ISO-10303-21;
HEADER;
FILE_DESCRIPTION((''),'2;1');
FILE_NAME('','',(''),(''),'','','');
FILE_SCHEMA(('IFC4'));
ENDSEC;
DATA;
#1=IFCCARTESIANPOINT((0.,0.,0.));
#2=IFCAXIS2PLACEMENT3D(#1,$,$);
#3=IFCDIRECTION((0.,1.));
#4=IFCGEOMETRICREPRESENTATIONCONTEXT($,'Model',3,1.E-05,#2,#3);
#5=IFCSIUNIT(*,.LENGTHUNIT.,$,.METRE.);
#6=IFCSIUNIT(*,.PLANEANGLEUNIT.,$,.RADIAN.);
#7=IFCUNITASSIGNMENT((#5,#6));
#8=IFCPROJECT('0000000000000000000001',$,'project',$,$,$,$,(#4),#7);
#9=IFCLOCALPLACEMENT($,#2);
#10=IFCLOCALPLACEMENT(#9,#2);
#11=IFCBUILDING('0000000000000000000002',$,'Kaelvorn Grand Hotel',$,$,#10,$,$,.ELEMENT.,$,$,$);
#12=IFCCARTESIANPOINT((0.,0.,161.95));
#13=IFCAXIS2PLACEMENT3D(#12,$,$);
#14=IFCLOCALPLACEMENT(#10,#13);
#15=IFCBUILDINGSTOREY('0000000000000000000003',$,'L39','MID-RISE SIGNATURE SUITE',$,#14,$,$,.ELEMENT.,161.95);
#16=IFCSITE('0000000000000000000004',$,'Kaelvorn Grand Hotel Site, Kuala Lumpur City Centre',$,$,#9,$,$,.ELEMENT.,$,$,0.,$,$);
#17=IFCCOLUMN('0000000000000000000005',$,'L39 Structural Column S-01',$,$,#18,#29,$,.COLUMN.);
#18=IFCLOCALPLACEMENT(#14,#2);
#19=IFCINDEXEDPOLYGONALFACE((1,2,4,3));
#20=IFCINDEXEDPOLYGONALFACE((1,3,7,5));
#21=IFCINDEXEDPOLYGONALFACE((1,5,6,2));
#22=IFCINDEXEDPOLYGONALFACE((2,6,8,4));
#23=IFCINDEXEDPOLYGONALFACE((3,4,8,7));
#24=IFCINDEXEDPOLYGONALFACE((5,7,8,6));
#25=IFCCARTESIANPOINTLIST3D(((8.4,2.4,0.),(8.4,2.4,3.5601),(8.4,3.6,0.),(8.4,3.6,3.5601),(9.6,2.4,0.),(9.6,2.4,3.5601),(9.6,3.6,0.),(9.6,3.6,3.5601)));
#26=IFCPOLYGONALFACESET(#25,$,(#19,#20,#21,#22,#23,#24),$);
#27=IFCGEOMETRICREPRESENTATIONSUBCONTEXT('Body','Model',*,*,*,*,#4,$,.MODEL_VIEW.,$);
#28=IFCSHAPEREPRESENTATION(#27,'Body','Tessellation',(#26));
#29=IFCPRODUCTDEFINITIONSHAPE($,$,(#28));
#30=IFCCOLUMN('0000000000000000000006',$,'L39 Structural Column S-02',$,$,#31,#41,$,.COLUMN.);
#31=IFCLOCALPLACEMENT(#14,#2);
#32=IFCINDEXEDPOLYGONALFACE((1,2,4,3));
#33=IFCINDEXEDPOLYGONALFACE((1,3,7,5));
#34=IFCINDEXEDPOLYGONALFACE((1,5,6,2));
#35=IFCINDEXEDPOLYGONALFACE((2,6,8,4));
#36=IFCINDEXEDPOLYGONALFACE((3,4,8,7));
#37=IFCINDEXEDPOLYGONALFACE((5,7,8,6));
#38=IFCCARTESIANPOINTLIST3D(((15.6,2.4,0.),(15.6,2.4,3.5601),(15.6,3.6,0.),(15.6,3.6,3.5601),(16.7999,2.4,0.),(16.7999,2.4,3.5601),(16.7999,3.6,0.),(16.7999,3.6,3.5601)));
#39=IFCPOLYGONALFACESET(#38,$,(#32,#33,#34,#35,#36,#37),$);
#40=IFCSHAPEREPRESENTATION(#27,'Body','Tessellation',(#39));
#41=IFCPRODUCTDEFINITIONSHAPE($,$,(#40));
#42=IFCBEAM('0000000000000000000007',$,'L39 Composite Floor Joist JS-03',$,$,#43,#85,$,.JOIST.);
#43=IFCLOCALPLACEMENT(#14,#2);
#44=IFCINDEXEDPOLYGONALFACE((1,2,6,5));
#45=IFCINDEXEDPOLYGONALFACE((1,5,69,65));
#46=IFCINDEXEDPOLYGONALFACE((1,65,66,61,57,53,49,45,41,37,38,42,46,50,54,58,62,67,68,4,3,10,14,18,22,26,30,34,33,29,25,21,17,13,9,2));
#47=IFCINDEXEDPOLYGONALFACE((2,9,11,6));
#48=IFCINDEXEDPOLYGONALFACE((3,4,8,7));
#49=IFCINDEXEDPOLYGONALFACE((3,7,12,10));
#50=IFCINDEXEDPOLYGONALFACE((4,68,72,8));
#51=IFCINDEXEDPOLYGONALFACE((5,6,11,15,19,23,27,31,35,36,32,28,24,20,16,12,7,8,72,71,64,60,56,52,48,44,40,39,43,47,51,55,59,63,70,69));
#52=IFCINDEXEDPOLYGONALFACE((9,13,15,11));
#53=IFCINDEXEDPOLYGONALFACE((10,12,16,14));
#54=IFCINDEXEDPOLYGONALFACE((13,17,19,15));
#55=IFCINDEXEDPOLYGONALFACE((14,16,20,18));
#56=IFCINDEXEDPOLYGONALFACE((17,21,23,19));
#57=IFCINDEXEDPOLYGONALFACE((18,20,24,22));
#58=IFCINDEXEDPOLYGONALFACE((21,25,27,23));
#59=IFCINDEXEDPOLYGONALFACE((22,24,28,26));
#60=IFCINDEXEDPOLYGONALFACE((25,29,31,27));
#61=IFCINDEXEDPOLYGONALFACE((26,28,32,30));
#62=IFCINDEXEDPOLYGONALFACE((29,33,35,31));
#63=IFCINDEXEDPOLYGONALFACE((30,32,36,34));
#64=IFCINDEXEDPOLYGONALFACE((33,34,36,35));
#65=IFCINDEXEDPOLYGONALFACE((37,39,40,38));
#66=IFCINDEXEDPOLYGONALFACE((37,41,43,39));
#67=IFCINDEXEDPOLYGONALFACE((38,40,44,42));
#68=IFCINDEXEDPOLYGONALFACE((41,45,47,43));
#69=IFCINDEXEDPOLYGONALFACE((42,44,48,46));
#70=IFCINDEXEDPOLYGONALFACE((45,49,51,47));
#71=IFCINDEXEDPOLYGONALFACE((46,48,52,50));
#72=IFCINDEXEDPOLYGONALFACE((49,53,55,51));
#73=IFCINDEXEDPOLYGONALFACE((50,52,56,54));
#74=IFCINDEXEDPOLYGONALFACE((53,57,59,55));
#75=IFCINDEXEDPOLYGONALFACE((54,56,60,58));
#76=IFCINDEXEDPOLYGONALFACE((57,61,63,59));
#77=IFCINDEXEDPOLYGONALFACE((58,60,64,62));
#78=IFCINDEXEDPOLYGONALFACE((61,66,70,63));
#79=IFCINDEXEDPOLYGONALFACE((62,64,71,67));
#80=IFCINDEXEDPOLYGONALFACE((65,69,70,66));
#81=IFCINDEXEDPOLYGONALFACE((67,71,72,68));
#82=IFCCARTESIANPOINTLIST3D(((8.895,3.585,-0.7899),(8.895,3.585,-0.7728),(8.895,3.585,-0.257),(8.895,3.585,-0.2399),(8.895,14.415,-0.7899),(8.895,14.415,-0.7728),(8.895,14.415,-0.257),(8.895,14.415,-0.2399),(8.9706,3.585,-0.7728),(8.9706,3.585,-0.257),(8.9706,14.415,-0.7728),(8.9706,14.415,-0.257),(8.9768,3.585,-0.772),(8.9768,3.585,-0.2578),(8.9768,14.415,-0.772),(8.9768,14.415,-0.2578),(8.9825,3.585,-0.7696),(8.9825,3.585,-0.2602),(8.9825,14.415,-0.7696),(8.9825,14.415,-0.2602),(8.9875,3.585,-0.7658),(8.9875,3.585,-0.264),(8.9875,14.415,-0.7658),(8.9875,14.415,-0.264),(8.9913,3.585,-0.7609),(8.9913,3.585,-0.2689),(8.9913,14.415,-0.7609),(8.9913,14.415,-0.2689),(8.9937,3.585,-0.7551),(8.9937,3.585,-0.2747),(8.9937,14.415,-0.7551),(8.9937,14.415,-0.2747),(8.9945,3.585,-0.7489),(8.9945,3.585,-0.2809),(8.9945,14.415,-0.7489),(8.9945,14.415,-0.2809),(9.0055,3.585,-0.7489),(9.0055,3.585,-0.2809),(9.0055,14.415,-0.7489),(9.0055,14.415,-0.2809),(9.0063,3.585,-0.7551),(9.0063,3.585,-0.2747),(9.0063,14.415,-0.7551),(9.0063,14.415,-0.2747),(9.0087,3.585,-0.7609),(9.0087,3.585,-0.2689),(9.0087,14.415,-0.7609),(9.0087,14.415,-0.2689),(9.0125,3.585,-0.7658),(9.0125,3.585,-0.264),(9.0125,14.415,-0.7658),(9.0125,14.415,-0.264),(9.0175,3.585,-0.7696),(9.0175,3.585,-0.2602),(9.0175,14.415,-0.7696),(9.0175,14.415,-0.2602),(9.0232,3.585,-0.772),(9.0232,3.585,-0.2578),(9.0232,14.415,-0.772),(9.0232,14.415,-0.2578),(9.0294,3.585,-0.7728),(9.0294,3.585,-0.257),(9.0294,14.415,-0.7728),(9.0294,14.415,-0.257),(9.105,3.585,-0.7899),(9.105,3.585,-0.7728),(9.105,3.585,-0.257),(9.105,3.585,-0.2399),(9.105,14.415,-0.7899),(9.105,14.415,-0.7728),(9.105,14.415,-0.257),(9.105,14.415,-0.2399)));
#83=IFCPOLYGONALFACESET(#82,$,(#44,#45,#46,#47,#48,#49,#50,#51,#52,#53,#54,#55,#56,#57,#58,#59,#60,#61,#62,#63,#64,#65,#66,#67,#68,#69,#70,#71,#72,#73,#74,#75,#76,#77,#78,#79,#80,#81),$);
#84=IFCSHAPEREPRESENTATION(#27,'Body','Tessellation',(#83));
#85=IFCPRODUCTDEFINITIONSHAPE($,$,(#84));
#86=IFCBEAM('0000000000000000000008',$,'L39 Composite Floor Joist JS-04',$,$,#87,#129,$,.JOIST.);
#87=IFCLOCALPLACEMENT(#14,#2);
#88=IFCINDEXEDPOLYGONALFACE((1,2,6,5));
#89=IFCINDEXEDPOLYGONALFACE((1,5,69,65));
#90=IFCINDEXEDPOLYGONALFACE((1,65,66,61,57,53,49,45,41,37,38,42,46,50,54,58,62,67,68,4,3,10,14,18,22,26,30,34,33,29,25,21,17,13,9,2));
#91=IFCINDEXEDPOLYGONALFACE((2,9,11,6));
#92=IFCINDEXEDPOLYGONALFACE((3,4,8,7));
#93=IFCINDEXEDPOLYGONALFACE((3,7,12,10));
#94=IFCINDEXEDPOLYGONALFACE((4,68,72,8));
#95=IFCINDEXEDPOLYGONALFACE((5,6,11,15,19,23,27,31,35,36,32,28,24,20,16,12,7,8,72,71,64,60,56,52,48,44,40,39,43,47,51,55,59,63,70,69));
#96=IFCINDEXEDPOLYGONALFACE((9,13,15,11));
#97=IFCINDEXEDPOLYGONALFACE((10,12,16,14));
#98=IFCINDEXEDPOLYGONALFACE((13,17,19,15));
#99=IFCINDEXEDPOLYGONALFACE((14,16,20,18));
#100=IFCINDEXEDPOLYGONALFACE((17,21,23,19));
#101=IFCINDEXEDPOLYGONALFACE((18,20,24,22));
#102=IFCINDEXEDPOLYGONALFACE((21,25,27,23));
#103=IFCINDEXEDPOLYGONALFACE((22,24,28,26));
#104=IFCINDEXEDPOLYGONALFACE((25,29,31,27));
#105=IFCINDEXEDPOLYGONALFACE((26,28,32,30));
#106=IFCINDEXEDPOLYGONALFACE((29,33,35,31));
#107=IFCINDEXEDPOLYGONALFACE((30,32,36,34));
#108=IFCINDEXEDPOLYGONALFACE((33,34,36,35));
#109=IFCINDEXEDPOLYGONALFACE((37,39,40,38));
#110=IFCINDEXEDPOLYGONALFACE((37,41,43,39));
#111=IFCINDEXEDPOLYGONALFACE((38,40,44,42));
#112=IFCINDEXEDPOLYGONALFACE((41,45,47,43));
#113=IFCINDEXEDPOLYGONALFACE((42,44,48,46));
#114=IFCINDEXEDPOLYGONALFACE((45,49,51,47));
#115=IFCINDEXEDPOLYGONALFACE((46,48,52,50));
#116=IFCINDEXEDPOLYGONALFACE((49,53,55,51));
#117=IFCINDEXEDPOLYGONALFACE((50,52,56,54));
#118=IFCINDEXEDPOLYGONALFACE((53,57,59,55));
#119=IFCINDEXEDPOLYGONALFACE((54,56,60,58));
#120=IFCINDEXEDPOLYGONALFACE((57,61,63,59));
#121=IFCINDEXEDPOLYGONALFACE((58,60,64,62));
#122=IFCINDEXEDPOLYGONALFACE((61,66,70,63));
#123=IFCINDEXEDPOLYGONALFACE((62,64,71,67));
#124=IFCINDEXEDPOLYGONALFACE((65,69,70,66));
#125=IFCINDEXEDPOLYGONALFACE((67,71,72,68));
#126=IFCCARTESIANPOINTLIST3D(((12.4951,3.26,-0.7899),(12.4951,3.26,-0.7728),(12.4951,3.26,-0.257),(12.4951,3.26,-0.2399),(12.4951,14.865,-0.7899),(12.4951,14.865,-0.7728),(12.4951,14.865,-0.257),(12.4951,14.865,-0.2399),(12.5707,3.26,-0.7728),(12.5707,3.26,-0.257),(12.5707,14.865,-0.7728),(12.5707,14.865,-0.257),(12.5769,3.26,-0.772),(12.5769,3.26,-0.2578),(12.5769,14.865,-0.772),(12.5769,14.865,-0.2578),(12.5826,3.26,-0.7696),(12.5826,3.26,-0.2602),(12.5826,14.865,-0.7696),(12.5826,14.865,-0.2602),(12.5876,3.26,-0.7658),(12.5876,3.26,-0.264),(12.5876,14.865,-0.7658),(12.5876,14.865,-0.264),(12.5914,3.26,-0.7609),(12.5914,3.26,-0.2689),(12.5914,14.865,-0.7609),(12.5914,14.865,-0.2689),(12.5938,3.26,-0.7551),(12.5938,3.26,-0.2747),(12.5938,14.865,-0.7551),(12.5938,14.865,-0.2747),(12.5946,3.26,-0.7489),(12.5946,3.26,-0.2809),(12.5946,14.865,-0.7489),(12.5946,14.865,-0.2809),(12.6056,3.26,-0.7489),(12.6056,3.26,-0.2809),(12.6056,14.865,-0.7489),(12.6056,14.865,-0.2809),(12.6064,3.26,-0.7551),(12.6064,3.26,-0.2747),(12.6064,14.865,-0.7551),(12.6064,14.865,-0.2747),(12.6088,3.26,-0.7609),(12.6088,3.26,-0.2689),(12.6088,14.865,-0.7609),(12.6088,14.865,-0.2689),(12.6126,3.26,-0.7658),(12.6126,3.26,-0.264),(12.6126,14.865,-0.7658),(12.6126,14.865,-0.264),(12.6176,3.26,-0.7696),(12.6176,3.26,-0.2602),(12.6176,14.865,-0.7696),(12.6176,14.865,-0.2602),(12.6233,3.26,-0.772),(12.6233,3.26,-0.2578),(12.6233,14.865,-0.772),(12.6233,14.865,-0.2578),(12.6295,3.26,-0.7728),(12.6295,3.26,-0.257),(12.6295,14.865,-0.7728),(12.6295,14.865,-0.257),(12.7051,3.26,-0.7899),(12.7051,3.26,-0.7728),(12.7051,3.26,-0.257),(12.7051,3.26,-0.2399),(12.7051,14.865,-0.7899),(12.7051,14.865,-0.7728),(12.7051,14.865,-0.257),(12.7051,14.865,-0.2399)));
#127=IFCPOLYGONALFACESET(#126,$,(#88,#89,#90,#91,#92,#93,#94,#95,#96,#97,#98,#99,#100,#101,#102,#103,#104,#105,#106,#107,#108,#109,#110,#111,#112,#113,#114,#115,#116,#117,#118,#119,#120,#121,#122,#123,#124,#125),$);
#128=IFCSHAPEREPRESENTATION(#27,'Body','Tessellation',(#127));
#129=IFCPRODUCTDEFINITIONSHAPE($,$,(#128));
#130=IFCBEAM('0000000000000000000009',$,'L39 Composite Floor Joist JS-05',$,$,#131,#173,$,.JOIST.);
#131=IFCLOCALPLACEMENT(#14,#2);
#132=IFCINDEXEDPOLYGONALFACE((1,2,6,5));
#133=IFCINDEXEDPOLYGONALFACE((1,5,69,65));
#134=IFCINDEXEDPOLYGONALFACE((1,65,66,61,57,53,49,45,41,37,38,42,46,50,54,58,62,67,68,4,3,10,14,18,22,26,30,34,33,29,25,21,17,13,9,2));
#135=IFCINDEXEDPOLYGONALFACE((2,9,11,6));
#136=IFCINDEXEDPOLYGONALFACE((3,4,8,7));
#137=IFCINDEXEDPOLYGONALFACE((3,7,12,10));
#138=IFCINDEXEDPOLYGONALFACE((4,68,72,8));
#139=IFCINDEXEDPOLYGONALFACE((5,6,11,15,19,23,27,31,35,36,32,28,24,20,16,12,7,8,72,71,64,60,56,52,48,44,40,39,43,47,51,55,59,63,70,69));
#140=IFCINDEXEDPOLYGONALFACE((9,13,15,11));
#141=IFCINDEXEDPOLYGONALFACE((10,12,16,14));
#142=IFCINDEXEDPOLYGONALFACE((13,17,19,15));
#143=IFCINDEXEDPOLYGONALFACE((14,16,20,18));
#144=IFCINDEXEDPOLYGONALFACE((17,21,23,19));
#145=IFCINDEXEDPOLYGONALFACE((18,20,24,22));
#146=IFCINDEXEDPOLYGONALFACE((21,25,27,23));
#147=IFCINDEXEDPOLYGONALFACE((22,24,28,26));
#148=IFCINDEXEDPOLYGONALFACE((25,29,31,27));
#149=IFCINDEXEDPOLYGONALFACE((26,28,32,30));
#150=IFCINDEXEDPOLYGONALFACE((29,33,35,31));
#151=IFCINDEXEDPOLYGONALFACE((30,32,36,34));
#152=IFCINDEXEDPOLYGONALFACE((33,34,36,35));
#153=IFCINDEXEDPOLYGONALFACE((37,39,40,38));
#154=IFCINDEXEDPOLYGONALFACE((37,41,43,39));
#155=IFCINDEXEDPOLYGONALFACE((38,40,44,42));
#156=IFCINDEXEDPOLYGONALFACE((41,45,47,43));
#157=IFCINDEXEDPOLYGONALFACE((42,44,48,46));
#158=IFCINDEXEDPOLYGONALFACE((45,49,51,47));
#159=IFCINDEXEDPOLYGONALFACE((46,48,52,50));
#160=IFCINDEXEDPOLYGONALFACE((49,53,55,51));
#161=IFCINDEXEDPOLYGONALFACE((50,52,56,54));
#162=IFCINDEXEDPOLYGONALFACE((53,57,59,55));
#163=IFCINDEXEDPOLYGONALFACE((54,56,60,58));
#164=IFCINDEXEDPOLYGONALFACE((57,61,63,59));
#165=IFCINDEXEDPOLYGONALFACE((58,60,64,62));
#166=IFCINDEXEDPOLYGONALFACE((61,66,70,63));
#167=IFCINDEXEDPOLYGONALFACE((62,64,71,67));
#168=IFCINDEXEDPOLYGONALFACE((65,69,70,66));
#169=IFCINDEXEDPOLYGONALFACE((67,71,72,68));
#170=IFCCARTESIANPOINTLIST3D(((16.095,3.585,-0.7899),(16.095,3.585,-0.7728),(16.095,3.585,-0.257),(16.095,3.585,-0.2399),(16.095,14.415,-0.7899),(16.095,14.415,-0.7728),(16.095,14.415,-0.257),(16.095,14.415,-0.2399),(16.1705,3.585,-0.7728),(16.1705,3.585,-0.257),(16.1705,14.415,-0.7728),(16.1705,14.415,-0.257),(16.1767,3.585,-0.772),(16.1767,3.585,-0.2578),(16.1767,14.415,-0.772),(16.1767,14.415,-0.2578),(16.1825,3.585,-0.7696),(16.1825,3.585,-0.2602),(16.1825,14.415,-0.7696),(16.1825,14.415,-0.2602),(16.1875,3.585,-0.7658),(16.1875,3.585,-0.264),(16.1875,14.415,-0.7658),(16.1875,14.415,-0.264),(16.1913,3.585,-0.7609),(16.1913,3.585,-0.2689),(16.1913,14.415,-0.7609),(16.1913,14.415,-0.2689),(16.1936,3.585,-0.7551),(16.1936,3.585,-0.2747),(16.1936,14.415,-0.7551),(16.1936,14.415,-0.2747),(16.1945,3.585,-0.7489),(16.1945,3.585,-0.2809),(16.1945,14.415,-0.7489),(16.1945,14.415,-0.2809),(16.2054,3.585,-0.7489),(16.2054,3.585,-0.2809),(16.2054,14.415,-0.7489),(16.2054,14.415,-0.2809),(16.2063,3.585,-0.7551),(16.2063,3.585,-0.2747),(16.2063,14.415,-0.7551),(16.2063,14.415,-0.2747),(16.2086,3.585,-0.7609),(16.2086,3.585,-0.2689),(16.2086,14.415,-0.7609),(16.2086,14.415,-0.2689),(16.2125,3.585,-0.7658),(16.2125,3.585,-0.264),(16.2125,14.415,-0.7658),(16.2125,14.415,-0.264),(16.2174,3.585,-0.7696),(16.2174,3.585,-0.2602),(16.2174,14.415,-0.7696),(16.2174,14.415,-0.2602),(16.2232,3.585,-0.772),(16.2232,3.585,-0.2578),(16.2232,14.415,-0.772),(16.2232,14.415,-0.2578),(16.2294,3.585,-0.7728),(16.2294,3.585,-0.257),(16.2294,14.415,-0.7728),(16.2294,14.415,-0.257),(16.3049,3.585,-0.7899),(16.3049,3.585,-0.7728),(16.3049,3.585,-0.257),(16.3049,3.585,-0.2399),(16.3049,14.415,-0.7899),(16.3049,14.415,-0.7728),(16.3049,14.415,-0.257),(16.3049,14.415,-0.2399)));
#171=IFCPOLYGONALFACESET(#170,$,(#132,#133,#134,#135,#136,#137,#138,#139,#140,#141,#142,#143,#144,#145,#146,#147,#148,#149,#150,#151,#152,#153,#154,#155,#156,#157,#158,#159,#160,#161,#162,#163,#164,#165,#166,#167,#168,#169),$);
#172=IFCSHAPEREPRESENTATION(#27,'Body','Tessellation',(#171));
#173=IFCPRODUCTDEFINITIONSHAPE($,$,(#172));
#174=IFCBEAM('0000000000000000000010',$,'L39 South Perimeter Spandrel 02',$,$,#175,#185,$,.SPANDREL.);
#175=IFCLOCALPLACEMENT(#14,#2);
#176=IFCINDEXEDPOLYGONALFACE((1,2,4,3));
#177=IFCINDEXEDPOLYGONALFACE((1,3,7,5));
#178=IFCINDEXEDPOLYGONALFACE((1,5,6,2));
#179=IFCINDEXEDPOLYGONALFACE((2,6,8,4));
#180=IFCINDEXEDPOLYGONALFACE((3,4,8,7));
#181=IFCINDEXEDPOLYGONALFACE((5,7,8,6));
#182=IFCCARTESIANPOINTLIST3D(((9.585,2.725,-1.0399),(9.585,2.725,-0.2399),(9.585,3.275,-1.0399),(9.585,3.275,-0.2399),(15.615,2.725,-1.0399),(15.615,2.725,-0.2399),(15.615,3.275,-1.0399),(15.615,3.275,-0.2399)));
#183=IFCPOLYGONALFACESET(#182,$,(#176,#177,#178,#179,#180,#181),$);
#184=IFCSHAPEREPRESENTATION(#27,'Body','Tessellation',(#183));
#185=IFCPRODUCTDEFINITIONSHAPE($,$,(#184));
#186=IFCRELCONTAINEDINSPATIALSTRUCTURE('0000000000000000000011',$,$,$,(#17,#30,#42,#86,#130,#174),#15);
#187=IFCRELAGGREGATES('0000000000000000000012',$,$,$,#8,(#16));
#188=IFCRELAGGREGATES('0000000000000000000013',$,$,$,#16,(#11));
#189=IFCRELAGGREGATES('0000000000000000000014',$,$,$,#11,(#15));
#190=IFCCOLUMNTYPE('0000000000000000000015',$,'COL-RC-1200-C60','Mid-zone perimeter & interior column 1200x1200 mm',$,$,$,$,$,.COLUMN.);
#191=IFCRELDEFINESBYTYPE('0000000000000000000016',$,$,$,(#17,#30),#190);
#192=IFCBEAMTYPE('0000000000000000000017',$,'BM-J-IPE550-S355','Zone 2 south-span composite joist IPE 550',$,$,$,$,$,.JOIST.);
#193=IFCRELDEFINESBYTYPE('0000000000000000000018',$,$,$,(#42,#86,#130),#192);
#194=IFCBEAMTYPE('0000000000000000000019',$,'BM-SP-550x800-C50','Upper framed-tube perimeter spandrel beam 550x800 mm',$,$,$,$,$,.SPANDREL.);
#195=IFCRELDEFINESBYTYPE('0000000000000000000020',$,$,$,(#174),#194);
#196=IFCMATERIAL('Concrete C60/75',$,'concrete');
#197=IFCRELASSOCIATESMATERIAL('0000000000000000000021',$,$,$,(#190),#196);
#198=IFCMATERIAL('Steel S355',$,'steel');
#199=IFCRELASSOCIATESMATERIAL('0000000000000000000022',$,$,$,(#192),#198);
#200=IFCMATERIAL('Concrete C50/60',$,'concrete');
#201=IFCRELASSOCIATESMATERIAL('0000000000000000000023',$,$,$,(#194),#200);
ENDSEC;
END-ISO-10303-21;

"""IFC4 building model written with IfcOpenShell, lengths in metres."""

from ifc_helpers import new_model, si_unit, direction, frame, origin, origin_2d, place, context, subcontext, project, spatial, rectangle, i_section, extrude, material, material_profile, profile_set, type_object, element, save


model = new_model("IFC4")

# Units and contexts
model_context = context("Model", 3, precision=1e-05, world=origin(), true_north=direction((0.0, 1.0)))
body_context = subcontext(model_context, "Body", "Model", "MODEL_VIEW")
ifc_project = project(units=[si_unit("LENGTHUNIT", "METRE"), si_unit("PLANEANGLEUNIT", "RADIAN")], contexts=[model_context])

# Site, building, storey
site_placement = place(None, origin())
site = spatial("IfcSite", under=ifc_project, at=site_placement, Name="Kaelvorn Grand Hotel Site, Kuala Lumpur City Centre", CompositionType="ELEMENT", RefElevation=0.0)
building_placement = place(site_placement, origin())
building = spatial("IfcBuilding", under=site, at=building_placement, Name="Kaelvorn Grand Hotel", CompositionType="ELEMENT")
storey_placement = place(building_placement, frame((0.0, 0.0, 161.95)))
storey = spatial("IfcBuildingStorey", under=building, at=storey_placement, Name="L39", Description="MID-RISE SIGNATURE SUITE", CompositionType="ELEMENT", Elevation=161.95)

# Columns
ifc_material_1 = material(Name="Concrete C60/75", Category="concrete")
ifc_material_profile_1 = material_profile(ifc_material_1, rectangle(XDim=1.2, YDim=1.2, at=origin_2d()), Name="RC COL 1200x1200")
ifc_profile_set_1 = profile_set([ifc_material_profile_1], Name="Concrete C60/75")
column_type = type_object("IfcColumnType", Name="COL-RC-1200-C60", Description="Mid-zone perimeter & interior column 1200x1200 mm", PredefinedType="COLUMN", material=ifc_profile_set_1)
for number, where, z_axis, x_axis, name in (
    (1, (9.0, 3.0, 0.0), (0.0, 0.0, 1.0), (1.0, 0.0, 0.0), "L39 Structural Column S-01"),
    (2, (16.2, 3.0, 0.0), (0.0, 0.0, 1.0), (1.0, 0.0, 0.0), "L39 Structural Column S-02"),
):
    element("IfcColumn", number, at=place(storey_placement, frame(where, z_axis=z_axis, x_axis=x_axis)), inside=storey, type_object=column_type, Name=name, PredefinedType="COLUMN", context=body_context, shape_type="SweptSolid", body=[
        extrude(rectangle(XDim=1.2, YDim=1.2, at=origin_2d()), origin(), (0.0, 0.0, 1.0), 3.5601),
    ])

# Beams
ifc_material_2 = material(Name="Steel S355", Category="steel")
ifc_material_profile_2 = material_profile(ifc_material_2, i_section(OverallWidth=0.21, OverallDepth=0.55, WebThickness=0.011, FlangeThickness=0.0171, FilletRadius=0.0239, at=origin_2d()), Name="IPE 550")
ifc_profile_set_2 = profile_set([ifc_material_profile_2], Name="Steel S355")
beam_type_1 = type_object("IfcBeamType", Name="BM-J-IPE550-S355", Description="Zone 2 south-span composite joist IPE 550", PredefinedType="JOIST", material=ifc_profile_set_2)
beam_1_placement = place(storey_placement, frame((9.0, 3.585, -0.5149), z_axis=(0.0, 1.0, 0.0), x_axis=(-1.0, 0.0, 0.0)))
element("IfcBeam", 3, at=beam_1_placement, inside=storey, type_object=beam_type_1, Name="L39 Composite Floor Joist JS-03", PredefinedType="JOIST", context=body_context, shape_type="SweptSolid", body=[
    extrude(i_section(OverallWidth=0.21, OverallDepth=0.55, WebThickness=0.011, FlangeThickness=0.0171, FilletRadius=0.0239, at=origin_2d()), origin(), (0.0, 0.0, 1.0), 10.8301),
])
beam_2_placement = place(storey_placement, frame((12.6001, 3.26, -0.5149), z_axis=(0.0, 1.0, 0.0), x_axis=(-1.0, 0.0, 0.0)))
element("IfcBeam", 4, at=beam_2_placement, inside=storey, type_object=beam_type_1, Name="L39 Composite Floor Joist JS-04", PredefinedType="JOIST", context=body_context, shape_type="SweptSolid", body=[
    extrude(i_section(OverallWidth=0.21, OverallDepth=0.55, WebThickness=0.011, FlangeThickness=0.0171, FilletRadius=0.0239, at=origin_2d()), origin(), (0.0, 0.0, 1.0), 11.605),
])
beam_3_placement = place(storey_placement, frame((16.2, 3.585, -0.5149), z_axis=(0.0, 1.0, 0.0), x_axis=(-1.0, 0.0, 0.0)))
element("IfcBeam", 5, at=beam_3_placement, inside=storey, type_object=beam_type_1, Name="L39 Composite Floor Joist JS-05", PredefinedType="JOIST", context=body_context, shape_type="SweptSolid", body=[
    extrude(i_section(OverallWidth=0.21, OverallDepth=0.55, WebThickness=0.011, FlangeThickness=0.0171, FilletRadius=0.0239, at=origin_2d()), origin(), (0.0, 0.0, 1.0), 10.8301),
])
ifc_material_3 = material(Name="Concrete C50/60", Category="concrete")
ifc_material_profile_3 = material_profile(ifc_material_3, rectangle(XDim=0.55, YDim=0.8, at=origin_2d()), Name="RC SPANDREL 550x800")
ifc_profile_set_3 = profile_set([ifc_material_profile_3], Name="Concrete C50/60")
beam_type_2 = type_object("IfcBeamType", Name="BM-SP-550x800-C50", Description="Upper framed-tube perimeter spandrel beam 550x800 mm", PredefinedType="SPANDREL", material=ifc_profile_set_3)
beam_4_placement = place(storey_placement, frame((9.585, 3.0, -0.6399), z_axis=(1.0, 0.0, 0.0), x_axis=(0.0, 1.0, 0.0)))
element("IfcBeam", 6, at=beam_4_placement, inside=storey, type_object=beam_type_2, Name="L39 South Perimeter Spandrel 02", PredefinedType="SPANDREL", context=body_context, shape_type="SweptSolid", body=[
    extrude(rectangle(XDim=0.55, YDim=0.8, at=origin_2d()), origin(), (0.0, 0.0, 1.0), 6.03),
])

save(model, "model.ifc")
